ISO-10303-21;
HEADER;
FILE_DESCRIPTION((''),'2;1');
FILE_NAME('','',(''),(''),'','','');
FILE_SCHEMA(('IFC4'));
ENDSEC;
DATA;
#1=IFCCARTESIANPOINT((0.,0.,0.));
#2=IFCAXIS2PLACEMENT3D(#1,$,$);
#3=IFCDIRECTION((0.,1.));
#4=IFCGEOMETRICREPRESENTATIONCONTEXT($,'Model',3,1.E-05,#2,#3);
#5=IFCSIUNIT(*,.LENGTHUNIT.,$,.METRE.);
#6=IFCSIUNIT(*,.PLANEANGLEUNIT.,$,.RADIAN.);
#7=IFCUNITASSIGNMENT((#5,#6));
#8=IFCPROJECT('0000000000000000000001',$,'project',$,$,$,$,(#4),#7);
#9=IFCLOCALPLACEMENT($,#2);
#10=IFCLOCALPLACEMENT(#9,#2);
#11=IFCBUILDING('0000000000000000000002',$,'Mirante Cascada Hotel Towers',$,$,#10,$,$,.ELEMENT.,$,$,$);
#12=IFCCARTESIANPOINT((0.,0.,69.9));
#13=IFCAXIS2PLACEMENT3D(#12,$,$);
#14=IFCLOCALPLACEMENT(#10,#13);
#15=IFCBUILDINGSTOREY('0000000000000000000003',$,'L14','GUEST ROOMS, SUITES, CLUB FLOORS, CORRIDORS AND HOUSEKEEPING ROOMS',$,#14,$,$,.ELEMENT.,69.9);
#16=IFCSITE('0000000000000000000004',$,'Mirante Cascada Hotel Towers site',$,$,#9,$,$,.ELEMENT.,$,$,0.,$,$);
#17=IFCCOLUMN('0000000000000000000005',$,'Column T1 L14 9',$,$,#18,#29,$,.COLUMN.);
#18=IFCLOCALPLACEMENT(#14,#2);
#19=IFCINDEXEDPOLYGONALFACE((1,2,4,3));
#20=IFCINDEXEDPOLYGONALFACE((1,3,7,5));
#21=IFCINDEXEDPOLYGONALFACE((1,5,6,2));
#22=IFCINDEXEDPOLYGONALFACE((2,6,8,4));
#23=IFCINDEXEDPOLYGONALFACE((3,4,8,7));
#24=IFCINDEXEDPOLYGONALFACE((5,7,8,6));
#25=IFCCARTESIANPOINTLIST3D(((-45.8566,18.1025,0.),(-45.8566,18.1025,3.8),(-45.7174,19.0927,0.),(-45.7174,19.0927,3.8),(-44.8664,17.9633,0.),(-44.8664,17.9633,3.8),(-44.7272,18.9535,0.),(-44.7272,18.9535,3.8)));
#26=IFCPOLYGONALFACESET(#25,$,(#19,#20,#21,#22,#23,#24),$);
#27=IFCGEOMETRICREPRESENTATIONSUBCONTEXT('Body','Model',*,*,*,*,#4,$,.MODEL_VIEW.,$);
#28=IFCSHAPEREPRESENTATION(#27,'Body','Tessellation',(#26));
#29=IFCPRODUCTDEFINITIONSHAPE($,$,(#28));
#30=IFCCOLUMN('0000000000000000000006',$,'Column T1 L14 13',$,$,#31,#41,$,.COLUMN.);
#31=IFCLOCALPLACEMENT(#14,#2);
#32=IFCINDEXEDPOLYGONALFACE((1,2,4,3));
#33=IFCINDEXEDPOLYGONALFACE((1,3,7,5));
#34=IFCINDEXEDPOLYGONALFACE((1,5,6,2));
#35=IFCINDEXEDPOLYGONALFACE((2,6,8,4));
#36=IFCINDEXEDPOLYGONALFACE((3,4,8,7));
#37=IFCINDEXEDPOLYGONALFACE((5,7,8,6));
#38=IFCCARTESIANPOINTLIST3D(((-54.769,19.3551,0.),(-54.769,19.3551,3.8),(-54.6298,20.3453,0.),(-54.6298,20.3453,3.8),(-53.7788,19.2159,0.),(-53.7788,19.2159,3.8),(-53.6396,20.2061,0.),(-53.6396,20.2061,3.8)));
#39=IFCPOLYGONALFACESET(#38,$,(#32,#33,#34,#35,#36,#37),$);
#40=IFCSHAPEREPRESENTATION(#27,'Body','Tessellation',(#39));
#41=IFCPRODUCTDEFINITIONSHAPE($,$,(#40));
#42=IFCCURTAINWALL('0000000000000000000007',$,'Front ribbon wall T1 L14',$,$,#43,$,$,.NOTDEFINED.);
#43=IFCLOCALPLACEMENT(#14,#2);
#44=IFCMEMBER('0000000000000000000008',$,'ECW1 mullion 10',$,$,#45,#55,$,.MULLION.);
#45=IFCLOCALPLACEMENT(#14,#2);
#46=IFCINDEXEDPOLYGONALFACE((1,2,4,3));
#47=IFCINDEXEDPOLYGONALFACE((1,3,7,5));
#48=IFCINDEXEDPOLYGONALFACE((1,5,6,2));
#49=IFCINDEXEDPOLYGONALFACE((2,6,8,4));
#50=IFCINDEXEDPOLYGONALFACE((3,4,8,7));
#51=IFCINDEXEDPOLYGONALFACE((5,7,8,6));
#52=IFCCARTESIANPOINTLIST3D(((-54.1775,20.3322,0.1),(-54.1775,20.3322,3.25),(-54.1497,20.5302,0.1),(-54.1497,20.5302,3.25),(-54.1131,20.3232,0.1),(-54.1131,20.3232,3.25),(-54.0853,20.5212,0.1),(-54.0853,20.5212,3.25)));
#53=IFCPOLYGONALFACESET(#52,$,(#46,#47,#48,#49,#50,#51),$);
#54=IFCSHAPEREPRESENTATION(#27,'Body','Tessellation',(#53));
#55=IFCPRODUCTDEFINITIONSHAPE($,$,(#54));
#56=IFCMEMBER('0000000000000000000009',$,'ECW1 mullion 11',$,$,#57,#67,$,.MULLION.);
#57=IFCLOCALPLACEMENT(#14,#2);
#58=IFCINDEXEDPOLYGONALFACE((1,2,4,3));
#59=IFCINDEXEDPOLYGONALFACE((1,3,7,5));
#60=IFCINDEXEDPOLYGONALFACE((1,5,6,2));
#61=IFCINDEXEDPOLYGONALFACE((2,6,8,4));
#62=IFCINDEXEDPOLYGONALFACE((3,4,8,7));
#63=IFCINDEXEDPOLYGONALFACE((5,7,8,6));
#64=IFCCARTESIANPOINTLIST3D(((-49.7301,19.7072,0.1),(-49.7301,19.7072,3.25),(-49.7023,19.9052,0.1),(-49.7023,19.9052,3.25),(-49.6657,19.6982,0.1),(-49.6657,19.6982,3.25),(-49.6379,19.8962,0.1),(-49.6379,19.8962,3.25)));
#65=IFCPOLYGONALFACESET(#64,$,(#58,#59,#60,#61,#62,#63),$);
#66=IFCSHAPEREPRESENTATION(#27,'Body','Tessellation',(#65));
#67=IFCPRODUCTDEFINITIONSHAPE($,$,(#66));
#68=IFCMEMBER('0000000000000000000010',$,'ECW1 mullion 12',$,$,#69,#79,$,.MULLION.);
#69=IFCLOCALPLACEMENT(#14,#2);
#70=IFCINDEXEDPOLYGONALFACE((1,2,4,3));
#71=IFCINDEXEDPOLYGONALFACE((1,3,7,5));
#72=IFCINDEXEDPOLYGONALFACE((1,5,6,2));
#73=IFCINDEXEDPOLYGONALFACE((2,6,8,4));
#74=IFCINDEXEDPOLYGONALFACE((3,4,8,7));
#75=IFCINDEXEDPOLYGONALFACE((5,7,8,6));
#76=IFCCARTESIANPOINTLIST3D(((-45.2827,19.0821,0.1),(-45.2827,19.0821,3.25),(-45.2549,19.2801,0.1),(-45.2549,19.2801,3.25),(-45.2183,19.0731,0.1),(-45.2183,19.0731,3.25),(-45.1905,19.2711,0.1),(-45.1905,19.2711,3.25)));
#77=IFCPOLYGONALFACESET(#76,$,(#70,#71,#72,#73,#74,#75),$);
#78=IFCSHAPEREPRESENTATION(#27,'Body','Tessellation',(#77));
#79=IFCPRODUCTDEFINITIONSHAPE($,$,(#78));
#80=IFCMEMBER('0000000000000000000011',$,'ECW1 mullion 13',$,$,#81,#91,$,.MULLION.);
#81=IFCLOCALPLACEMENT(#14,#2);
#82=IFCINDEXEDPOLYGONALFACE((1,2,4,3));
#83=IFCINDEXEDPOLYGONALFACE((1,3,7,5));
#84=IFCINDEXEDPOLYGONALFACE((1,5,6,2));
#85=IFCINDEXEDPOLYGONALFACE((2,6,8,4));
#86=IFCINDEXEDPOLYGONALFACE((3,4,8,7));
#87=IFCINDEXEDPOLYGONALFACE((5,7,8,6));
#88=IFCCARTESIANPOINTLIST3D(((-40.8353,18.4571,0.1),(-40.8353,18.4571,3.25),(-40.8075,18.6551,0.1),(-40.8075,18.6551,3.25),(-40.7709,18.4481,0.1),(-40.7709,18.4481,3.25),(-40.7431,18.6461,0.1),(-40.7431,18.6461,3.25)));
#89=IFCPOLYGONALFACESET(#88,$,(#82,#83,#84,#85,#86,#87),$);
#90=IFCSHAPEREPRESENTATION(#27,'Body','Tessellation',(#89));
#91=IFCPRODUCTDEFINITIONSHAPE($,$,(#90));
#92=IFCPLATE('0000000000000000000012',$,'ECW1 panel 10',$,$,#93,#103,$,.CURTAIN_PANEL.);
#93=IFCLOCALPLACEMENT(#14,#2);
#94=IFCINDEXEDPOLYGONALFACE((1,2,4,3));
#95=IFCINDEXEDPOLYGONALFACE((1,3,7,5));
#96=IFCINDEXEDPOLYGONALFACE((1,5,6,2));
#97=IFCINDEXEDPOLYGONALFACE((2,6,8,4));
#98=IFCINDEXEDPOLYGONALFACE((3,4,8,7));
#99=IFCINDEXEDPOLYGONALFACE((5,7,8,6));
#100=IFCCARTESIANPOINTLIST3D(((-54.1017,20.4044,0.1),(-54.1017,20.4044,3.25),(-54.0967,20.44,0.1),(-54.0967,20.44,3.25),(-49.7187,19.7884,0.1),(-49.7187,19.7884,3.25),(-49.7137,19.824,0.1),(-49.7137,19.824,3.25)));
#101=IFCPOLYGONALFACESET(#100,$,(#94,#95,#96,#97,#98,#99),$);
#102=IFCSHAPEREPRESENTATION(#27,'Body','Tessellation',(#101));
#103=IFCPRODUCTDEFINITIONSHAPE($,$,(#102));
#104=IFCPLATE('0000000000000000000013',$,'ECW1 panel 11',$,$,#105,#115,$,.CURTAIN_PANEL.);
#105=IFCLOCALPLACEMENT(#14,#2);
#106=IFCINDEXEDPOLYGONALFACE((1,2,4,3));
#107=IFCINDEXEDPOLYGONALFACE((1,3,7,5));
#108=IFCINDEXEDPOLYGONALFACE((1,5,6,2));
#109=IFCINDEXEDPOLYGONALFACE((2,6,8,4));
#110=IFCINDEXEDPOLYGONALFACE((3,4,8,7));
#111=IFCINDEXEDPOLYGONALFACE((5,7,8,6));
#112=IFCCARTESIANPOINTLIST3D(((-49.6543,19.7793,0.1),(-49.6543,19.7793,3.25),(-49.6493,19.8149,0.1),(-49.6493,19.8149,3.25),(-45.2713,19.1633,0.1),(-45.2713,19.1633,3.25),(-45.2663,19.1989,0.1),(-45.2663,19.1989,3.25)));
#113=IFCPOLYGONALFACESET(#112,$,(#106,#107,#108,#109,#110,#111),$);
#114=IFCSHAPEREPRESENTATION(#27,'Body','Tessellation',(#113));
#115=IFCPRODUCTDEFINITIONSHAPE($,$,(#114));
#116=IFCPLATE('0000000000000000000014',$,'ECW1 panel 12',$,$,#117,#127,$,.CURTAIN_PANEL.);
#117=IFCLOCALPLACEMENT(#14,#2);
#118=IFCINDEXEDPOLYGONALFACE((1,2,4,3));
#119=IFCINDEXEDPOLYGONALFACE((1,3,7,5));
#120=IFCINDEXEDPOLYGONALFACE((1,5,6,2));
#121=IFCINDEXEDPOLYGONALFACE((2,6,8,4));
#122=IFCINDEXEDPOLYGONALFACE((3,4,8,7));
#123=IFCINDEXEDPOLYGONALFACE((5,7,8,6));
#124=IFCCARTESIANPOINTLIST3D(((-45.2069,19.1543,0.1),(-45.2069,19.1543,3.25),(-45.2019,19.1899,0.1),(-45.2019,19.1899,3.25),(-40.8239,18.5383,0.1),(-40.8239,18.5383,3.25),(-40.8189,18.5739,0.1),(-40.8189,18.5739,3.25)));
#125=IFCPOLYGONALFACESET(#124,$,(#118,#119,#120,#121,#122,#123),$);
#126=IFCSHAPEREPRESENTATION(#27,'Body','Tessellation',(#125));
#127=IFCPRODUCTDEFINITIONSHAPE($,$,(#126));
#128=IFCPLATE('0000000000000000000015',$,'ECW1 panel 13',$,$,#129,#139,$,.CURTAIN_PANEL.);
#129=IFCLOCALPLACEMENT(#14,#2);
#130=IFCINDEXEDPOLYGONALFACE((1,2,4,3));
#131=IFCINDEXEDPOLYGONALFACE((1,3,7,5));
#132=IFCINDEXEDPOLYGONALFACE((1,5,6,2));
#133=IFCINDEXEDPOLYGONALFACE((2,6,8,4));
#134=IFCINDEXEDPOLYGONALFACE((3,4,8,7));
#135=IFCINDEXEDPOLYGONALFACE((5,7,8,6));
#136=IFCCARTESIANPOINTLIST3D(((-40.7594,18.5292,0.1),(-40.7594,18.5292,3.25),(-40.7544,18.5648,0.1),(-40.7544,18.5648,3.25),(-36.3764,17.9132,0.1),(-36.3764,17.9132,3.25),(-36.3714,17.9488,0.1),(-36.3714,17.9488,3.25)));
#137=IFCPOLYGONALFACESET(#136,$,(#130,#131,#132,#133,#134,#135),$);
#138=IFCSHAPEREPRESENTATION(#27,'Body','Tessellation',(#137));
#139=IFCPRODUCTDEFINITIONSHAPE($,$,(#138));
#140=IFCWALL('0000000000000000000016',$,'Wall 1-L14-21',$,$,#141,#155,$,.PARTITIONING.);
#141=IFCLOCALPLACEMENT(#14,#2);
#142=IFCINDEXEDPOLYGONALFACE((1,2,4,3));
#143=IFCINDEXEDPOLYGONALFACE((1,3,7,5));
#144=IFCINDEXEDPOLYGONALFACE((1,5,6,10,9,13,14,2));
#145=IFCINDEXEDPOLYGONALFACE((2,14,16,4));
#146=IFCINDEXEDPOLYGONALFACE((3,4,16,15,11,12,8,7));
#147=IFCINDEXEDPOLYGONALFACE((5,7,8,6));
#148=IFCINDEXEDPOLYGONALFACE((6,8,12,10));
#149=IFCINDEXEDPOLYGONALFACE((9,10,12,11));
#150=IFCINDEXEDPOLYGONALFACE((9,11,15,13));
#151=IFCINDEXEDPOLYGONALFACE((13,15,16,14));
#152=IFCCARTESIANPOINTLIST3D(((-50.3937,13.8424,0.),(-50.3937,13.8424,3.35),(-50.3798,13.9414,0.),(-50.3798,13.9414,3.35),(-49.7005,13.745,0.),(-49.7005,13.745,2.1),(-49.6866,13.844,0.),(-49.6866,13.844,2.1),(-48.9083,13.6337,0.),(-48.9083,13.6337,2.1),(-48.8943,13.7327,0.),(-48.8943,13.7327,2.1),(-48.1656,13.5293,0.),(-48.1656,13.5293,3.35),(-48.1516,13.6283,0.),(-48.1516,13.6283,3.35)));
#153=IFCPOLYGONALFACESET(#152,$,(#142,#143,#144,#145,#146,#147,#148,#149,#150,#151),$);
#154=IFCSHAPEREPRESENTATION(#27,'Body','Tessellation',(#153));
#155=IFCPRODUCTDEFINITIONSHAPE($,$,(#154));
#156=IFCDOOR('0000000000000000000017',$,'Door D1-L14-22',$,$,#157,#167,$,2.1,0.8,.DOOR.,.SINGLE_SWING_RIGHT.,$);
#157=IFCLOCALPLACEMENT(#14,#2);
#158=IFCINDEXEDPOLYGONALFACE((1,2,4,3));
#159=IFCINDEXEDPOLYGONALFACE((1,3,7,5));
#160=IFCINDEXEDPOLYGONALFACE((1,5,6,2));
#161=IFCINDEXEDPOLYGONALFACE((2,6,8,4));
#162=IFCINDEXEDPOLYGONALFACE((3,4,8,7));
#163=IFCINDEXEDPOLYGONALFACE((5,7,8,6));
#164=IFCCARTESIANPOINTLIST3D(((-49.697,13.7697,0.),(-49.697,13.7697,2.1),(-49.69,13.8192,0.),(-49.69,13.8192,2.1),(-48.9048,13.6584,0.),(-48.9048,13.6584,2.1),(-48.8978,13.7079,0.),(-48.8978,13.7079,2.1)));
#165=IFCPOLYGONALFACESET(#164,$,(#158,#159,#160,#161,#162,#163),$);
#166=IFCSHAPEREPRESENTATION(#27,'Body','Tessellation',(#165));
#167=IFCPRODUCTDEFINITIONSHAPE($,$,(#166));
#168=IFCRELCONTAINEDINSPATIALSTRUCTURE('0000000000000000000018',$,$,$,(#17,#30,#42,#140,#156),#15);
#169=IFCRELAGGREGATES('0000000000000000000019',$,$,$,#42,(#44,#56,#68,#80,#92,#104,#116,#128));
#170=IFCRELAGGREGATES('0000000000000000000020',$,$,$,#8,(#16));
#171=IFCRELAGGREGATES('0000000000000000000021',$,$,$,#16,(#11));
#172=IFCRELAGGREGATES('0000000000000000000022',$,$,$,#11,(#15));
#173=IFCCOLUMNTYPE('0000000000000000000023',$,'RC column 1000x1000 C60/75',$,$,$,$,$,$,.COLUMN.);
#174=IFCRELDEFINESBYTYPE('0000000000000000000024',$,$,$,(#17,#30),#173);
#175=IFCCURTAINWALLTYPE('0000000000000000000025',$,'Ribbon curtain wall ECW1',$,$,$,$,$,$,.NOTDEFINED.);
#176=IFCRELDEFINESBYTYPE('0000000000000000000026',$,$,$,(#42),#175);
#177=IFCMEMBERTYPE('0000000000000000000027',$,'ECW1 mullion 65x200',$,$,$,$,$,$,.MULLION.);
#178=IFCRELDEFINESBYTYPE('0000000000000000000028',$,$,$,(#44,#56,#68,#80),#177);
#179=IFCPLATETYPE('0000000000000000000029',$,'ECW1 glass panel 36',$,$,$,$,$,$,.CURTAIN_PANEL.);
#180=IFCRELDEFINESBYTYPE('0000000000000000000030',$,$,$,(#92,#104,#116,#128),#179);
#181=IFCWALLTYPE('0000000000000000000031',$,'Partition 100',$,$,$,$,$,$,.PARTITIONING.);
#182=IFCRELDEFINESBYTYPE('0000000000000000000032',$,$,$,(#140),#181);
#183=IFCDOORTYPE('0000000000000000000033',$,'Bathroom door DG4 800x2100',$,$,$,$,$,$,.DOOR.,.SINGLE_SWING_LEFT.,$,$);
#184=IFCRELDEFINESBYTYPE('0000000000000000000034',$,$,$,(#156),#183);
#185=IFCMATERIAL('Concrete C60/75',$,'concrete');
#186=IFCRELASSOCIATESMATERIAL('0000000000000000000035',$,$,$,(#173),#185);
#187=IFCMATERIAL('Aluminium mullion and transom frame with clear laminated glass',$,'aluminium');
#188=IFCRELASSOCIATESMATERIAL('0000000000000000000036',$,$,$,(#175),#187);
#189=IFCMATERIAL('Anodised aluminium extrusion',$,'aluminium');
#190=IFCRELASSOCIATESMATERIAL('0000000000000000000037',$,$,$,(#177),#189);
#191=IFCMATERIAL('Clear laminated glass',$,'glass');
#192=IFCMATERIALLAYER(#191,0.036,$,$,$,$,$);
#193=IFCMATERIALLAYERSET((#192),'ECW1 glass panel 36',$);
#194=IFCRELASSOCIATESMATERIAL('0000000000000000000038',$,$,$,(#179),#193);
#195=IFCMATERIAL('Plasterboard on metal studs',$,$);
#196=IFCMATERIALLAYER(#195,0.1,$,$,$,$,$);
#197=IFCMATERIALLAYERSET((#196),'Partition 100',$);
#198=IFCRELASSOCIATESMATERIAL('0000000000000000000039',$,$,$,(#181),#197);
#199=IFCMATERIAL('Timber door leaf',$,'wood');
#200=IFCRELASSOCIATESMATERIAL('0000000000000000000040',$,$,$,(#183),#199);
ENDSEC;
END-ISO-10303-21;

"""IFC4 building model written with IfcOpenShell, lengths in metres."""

from ifc_helpers import new_model, si_unit, direction, frame, frame_2d, origin, origin_2d, place, context, subcontext, project, spatial, rectangle, extrude, material, layer, layer_set, material_profile, profile_set, type_object, element, fill, aggregate, save


model = new_model("IFC4")

# Units and contexts
model_context = context("Model", 3, precision=1e-05, world=origin(), true_north=direction((0.0, 1.0)))
body_context = subcontext(model_context, "Body", "Model", "MODEL_VIEW")
ifc_project = project(units=[si_unit("LENGTHUNIT", "METRE"), si_unit("PLANEANGLEUNIT", "RADIAN")], contexts=[model_context])

# Site, building, storey
site_placement = place(None, origin())
site = spatial("IfcSite", under=ifc_project, at=site_placement, Name="Mirante Cascada Hotel Towers site", CompositionType="ELEMENT", RefElevation=0.0)
building_placement = place(site_placement, origin())
building = spatial("IfcBuilding", under=site, at=building_placement, Name="Mirante Cascada Hotel Towers", CompositionType="ELEMENT")
storey_placement = place(building_placement, frame((0.0, 0.0, 69.9)))
storey = spatial("IfcBuildingStorey", under=building, at=storey_placement, Name="L14", Description="GUEST ROOMS, SUITES, CLUB FLOORS, CORRIDORS AND HOUSEKEEPING ROOMS", CompositionType="ELEMENT", Elevation=69.9)

# Columns
ifc_material_1 = material(Name="Concrete C60/75", Category="concrete")
ifc_material_profile_1 = material_profile(ifc_material_1, rectangle(XDim=1.0, YDim=1.0, at=origin_2d()), Name="RC column 1000x1000 C60/75")
ifc_profile_set_1 = profile_set([ifc_material_profile_1], Name="Concrete C60/75")
column_type = type_object("IfcColumnType", Name="RC column 1000x1000 C60/75", PredefinedType="COLUMN", material=ifc_profile_set_1)
for number, where, z_axis, x_axis, name in (
    (1, (-45.2919, 18.528, 0.0), (0.0, 0.0, 1.0), (-0.990268, 0.139173, 0.0), "Column T1 L14 9"),
    (2, (-54.2043, 19.7806, 0.0), (0.0, 0.0, 1.0), (-0.990268, 0.139173, 0.0), "Column T1 L14 13"),
):
    element("IfcColumn", number, at=place(storey_placement, frame(where, z_axis=z_axis, x_axis=x_axis)), inside=storey, type_object=column_type, Name=name, PredefinedType="COLUMN", context=body_context, shape_type="SweptSolid", body=[
        extrude(rectangle(XDim=1.0, YDim=1.0, at=origin_2d()), origin(), (0.0, 0.0, 1.0), 3.8),
    ])

# Curtain wall, members, plates
ifc_material_2 = material(Name="Aluminium mullion and transom frame with clear laminated glass", Category="aluminium")
curtain_wall_type = type_object("IfcCurtainWallType", Name="Ribbon curtain wall ECW1", PredefinedType="NOTDEFINED", material=ifc_material_2)
curtain_wall_placement = place(storey_placement, origin())
curtain_wall = element("IfcCurtainWall", 3, at=curtain_wall_placement, inside=storey, type_object=curtain_wall_type, Name="Front ribbon wall T1 L14", PredefinedType="NOTDEFINED")
ifc_material_3 = material(Name="Anodised aluminium extrusion", Category="aluminium")
ifc_material_profile_2 = material_profile(ifc_material_3, rectangle(XDim=0.2, YDim=0.065, at=origin_2d()), Name="ECW1 MULLION 65x200")
ifc_profile_set_2 = profile_set([ifc_material_profile_2], Name="Anodised aluminium extrusion")
member_type = type_object("IfcMemberType", Name="ECW1 mullion 65x200", PredefinedType="MULLION", material=ifc_profile_set_2)
member_1_placement = place(storey_placement, frame((-54.1314, 20.4267, 0.1), z_axis=(0.0, 0.0, 1.0), x_axis=(0.139173, 0.990268, 0.0)))
member_1 = element("IfcMember", 4, at=member_1_placement, type_object=member_type, Name="ECW1 mullion 10", PredefinedType="MULLION", context=body_context, shape_type="SweptSolid", body=[
    extrude(rectangle(XDim=0.2, YDim=0.065, at=origin_2d()), origin(), (0.0, 0.0, 1.0), 3.15),
])
member_2_placement = place(storey_placement, frame((-49.684, 19.8017, 0.1), z_axis=(0.0, 0.0, 1.0), x_axis=(0.139173, 0.990268, 0.0)))
member_2 = element("IfcMember", 5, at=member_2_placement, type_object=member_type, Name="ECW1 mullion 11", PredefinedType="MULLION", context=body_context, shape_type="SweptSolid", body=[
    extrude(rectangle(XDim=0.2, YDim=0.065, at=origin_2d()), origin(), (0.0, 0.0, 1.0), 3.15),
])
member_3_placement = place(storey_placement, frame((-45.2366, 19.1766, 0.1), z_axis=(0.0, 0.0, 1.0), x_axis=(0.139173, 0.990268, 0.0)))
member_3 = element("IfcMember", 6, at=member_3_placement, type_object=member_type, Name="ECW1 mullion 12", PredefinedType="MULLION", context=body_context, shape_type="SweptSolid", body=[
    extrude(rectangle(XDim=0.2, YDim=0.065, at=origin_2d()), origin(), (0.0, 0.0, 1.0), 3.15),
])
member_4_placement = place(storey_placement, frame((-40.7892, 18.5516, 0.1), z_axis=(0.0, 0.0, 1.0), x_axis=(0.139173, 0.990268, 0.0)))
member_4 = element("IfcMember", 7, at=member_4_placement, type_object=member_type, Name="ECW1 mullion 13", PredefinedType="MULLION", context=body_context, shape_type="SweptSolid", body=[
    extrude(rectangle(XDim=0.2, YDim=0.065, at=origin_2d()), origin(), (0.0, 0.0, 1.0), 3.15),
])
ifc_material_4 = material(Name="Clear laminated glass", Category="glass")
ifc_layer_1 = layer(ifc_material_4, 0.036)
ifc_layer_set_1 = layer_set([ifc_layer_1], Name="ECW1 glass panel 36")
plate_type = type_object("IfcPlateType", Name="ECW1 glass panel 36", PredefinedType="CURTAIN_PANEL", material=ifc_layer_set_1)
plate_1_placement = place(storey_placement, frame((-51.9077, 20.1142, 0.1), z_axis=(0.0, 0.0, 1.0), x_axis=(0.990268, -0.139173, 0.0)))
plate_1 = element("IfcPlate", 8, at=plate_1_placement, type_object=plate_type, Name="ECW1 panel 10", PredefinedType="CURTAIN_PANEL", context=body_context, shape_type="SweptSolid", body=[
    extrude(rectangle(XDim=4.4261, YDim=0.036, at=origin_2d()), origin(), (0.0, 0.0, 1.0), 3.15),
])
plate_2_placement = place(storey_placement, frame((-47.4603, 19.4891, 0.1), z_axis=(0.0, 0.0, 1.0), x_axis=(0.990268, -0.139173, 0.0)))
plate_2 = element("IfcPlate", 9, at=plate_2_placement, type_object=plate_type, Name="ECW1 panel 11", PredefinedType="CURTAIN_PANEL", context=body_context, shape_type="SweptSolid", body=[
    extrude(rectangle(XDim=4.4261, YDim=0.036, at=origin_2d()), origin(), (0.0, 0.0, 1.0), 3.15),
])
plate_3_placement = place(storey_placement, frame((-43.0129, 18.8641, 0.1), z_axis=(0.0, 0.0, 1.0), x_axis=(0.990268, -0.139173, 0.0)))
plate_3 = element("IfcPlate", 10, at=plate_3_placement, type_object=plate_type, Name="ECW1 panel 12", PredefinedType="CURTAIN_PANEL", context=body_context, shape_type="SweptSolid", body=[
    extrude(rectangle(XDim=4.4261, YDim=0.036, at=origin_2d()), origin(), (0.0, 0.0, 1.0), 3.15),
])
plate_4_placement = place(storey_placement, frame((-38.5654, 18.239, 0.1), z_axis=(0.0, 0.0, 1.0), x_axis=(0.990268, -0.139173, 0.0)))
plate_4 = element("IfcPlate", 11, at=plate_4_placement, type_object=plate_type, Name="ECW1 panel 13", PredefinedType="CURTAIN_PANEL", context=body_context, shape_type="SweptSolid", body=[
    extrude(rectangle(XDim=4.4261, YDim=0.036, at=origin_2d()), origin(), (0.0, 0.0, 1.0), 3.15),
])
aggregate(curtain_wall, [member_1, member_2, member_3, member_4, plate_1, plate_2, plate_3, plate_4])

# Wall, opening, door
ifc_material_5 = material(Name="Plasterboard on metal studs")
ifc_layer_2 = layer(ifc_material_5, 0.1)
ifc_layer_set_2 = layer_set([ifc_layer_2], Name="Partition 100")
wall_type = type_object("IfcWallType", Name="Partition 100", PredefinedType="PARTITIONING", material=ifc_layer_set_2)
wall_1_placement = place(storey_placement, frame((-48.1586, 13.5788, 0.0), z_axis=(0.0, 0.0, 1.0), x_axis=(-0.990271, 0.139156, 0.0)))
wall_1 = element("IfcWall", 12, at=wall_1_placement, inside=storey, type_object=wall_type, Name="Wall 1-L14-21", PredefinedType="PARTITIONING", context=body_context, shape_type="SweptSolid", body=[
    extrude(rectangle(XDim=2.25, YDim=0.1, at=frame_2d((1.125, 0.0))), origin(), (0.0, 0.0, 1.0), 3.35),
])
opening_1_placement = place(wall_1_placement, frame((0.75, 0.0, 0.0)))
opening_1 = element("IfcOpeningElement", 13, at=opening_1_placement, cuts=wall_1, PredefinedType="OPENING", context=body_context, shape_type="SweptSolid", body=[
    extrude(rectangle(XDim=0.8, YDim=2.1, at=frame_2d((0.4, 1.05))), frame((0.0, 0.05, 0.0), z_axis=(0.0, -1.0, 0.0), x_axis=(1.0, 0.0, 0.0)), (0.0, 0.0, 1.0), 0.1),
])
ifc_material_6 = material(Name="Timber door leaf", Category="wood")
door_type = type_object("IfcDoorType", Name="Bathroom door DG4 800x2100", OperationType="SINGLE_SWING_LEFT", PredefinedType="DOOR", material=ifc_material_6)
door_1_placement = place(opening_1_placement, frame((0.8, 0.0, 0.0), z_axis=(0.0, 0.0, 1.0), x_axis=(-1.0, 0.0, 0.0)))
door_1 = element("IfcDoor", 14, at=door_1_placement, inside=storey, type_object=door_type, Name="Door D1-L14-22", OperationType="SINGLE_SWING_RIGHT", OverallHeight=2.1, OverallWidth=0.8, PredefinedType="DOOR", context=body_context, shape_type="SweptSolid", body=[
    extrude(rectangle(XDim=0.8, YDim=2.1, at=frame_2d((0.4, 1.05))), frame((0.0, 0.025, 0.0), z_axis=(0.0, -1.0, 0.0), x_axis=(1.0, 0.0, 0.0)), (0.0, 0.0, 1.0), 0.05),
])
fill(opening_1, door_1)

save(model, "model.ifc")
